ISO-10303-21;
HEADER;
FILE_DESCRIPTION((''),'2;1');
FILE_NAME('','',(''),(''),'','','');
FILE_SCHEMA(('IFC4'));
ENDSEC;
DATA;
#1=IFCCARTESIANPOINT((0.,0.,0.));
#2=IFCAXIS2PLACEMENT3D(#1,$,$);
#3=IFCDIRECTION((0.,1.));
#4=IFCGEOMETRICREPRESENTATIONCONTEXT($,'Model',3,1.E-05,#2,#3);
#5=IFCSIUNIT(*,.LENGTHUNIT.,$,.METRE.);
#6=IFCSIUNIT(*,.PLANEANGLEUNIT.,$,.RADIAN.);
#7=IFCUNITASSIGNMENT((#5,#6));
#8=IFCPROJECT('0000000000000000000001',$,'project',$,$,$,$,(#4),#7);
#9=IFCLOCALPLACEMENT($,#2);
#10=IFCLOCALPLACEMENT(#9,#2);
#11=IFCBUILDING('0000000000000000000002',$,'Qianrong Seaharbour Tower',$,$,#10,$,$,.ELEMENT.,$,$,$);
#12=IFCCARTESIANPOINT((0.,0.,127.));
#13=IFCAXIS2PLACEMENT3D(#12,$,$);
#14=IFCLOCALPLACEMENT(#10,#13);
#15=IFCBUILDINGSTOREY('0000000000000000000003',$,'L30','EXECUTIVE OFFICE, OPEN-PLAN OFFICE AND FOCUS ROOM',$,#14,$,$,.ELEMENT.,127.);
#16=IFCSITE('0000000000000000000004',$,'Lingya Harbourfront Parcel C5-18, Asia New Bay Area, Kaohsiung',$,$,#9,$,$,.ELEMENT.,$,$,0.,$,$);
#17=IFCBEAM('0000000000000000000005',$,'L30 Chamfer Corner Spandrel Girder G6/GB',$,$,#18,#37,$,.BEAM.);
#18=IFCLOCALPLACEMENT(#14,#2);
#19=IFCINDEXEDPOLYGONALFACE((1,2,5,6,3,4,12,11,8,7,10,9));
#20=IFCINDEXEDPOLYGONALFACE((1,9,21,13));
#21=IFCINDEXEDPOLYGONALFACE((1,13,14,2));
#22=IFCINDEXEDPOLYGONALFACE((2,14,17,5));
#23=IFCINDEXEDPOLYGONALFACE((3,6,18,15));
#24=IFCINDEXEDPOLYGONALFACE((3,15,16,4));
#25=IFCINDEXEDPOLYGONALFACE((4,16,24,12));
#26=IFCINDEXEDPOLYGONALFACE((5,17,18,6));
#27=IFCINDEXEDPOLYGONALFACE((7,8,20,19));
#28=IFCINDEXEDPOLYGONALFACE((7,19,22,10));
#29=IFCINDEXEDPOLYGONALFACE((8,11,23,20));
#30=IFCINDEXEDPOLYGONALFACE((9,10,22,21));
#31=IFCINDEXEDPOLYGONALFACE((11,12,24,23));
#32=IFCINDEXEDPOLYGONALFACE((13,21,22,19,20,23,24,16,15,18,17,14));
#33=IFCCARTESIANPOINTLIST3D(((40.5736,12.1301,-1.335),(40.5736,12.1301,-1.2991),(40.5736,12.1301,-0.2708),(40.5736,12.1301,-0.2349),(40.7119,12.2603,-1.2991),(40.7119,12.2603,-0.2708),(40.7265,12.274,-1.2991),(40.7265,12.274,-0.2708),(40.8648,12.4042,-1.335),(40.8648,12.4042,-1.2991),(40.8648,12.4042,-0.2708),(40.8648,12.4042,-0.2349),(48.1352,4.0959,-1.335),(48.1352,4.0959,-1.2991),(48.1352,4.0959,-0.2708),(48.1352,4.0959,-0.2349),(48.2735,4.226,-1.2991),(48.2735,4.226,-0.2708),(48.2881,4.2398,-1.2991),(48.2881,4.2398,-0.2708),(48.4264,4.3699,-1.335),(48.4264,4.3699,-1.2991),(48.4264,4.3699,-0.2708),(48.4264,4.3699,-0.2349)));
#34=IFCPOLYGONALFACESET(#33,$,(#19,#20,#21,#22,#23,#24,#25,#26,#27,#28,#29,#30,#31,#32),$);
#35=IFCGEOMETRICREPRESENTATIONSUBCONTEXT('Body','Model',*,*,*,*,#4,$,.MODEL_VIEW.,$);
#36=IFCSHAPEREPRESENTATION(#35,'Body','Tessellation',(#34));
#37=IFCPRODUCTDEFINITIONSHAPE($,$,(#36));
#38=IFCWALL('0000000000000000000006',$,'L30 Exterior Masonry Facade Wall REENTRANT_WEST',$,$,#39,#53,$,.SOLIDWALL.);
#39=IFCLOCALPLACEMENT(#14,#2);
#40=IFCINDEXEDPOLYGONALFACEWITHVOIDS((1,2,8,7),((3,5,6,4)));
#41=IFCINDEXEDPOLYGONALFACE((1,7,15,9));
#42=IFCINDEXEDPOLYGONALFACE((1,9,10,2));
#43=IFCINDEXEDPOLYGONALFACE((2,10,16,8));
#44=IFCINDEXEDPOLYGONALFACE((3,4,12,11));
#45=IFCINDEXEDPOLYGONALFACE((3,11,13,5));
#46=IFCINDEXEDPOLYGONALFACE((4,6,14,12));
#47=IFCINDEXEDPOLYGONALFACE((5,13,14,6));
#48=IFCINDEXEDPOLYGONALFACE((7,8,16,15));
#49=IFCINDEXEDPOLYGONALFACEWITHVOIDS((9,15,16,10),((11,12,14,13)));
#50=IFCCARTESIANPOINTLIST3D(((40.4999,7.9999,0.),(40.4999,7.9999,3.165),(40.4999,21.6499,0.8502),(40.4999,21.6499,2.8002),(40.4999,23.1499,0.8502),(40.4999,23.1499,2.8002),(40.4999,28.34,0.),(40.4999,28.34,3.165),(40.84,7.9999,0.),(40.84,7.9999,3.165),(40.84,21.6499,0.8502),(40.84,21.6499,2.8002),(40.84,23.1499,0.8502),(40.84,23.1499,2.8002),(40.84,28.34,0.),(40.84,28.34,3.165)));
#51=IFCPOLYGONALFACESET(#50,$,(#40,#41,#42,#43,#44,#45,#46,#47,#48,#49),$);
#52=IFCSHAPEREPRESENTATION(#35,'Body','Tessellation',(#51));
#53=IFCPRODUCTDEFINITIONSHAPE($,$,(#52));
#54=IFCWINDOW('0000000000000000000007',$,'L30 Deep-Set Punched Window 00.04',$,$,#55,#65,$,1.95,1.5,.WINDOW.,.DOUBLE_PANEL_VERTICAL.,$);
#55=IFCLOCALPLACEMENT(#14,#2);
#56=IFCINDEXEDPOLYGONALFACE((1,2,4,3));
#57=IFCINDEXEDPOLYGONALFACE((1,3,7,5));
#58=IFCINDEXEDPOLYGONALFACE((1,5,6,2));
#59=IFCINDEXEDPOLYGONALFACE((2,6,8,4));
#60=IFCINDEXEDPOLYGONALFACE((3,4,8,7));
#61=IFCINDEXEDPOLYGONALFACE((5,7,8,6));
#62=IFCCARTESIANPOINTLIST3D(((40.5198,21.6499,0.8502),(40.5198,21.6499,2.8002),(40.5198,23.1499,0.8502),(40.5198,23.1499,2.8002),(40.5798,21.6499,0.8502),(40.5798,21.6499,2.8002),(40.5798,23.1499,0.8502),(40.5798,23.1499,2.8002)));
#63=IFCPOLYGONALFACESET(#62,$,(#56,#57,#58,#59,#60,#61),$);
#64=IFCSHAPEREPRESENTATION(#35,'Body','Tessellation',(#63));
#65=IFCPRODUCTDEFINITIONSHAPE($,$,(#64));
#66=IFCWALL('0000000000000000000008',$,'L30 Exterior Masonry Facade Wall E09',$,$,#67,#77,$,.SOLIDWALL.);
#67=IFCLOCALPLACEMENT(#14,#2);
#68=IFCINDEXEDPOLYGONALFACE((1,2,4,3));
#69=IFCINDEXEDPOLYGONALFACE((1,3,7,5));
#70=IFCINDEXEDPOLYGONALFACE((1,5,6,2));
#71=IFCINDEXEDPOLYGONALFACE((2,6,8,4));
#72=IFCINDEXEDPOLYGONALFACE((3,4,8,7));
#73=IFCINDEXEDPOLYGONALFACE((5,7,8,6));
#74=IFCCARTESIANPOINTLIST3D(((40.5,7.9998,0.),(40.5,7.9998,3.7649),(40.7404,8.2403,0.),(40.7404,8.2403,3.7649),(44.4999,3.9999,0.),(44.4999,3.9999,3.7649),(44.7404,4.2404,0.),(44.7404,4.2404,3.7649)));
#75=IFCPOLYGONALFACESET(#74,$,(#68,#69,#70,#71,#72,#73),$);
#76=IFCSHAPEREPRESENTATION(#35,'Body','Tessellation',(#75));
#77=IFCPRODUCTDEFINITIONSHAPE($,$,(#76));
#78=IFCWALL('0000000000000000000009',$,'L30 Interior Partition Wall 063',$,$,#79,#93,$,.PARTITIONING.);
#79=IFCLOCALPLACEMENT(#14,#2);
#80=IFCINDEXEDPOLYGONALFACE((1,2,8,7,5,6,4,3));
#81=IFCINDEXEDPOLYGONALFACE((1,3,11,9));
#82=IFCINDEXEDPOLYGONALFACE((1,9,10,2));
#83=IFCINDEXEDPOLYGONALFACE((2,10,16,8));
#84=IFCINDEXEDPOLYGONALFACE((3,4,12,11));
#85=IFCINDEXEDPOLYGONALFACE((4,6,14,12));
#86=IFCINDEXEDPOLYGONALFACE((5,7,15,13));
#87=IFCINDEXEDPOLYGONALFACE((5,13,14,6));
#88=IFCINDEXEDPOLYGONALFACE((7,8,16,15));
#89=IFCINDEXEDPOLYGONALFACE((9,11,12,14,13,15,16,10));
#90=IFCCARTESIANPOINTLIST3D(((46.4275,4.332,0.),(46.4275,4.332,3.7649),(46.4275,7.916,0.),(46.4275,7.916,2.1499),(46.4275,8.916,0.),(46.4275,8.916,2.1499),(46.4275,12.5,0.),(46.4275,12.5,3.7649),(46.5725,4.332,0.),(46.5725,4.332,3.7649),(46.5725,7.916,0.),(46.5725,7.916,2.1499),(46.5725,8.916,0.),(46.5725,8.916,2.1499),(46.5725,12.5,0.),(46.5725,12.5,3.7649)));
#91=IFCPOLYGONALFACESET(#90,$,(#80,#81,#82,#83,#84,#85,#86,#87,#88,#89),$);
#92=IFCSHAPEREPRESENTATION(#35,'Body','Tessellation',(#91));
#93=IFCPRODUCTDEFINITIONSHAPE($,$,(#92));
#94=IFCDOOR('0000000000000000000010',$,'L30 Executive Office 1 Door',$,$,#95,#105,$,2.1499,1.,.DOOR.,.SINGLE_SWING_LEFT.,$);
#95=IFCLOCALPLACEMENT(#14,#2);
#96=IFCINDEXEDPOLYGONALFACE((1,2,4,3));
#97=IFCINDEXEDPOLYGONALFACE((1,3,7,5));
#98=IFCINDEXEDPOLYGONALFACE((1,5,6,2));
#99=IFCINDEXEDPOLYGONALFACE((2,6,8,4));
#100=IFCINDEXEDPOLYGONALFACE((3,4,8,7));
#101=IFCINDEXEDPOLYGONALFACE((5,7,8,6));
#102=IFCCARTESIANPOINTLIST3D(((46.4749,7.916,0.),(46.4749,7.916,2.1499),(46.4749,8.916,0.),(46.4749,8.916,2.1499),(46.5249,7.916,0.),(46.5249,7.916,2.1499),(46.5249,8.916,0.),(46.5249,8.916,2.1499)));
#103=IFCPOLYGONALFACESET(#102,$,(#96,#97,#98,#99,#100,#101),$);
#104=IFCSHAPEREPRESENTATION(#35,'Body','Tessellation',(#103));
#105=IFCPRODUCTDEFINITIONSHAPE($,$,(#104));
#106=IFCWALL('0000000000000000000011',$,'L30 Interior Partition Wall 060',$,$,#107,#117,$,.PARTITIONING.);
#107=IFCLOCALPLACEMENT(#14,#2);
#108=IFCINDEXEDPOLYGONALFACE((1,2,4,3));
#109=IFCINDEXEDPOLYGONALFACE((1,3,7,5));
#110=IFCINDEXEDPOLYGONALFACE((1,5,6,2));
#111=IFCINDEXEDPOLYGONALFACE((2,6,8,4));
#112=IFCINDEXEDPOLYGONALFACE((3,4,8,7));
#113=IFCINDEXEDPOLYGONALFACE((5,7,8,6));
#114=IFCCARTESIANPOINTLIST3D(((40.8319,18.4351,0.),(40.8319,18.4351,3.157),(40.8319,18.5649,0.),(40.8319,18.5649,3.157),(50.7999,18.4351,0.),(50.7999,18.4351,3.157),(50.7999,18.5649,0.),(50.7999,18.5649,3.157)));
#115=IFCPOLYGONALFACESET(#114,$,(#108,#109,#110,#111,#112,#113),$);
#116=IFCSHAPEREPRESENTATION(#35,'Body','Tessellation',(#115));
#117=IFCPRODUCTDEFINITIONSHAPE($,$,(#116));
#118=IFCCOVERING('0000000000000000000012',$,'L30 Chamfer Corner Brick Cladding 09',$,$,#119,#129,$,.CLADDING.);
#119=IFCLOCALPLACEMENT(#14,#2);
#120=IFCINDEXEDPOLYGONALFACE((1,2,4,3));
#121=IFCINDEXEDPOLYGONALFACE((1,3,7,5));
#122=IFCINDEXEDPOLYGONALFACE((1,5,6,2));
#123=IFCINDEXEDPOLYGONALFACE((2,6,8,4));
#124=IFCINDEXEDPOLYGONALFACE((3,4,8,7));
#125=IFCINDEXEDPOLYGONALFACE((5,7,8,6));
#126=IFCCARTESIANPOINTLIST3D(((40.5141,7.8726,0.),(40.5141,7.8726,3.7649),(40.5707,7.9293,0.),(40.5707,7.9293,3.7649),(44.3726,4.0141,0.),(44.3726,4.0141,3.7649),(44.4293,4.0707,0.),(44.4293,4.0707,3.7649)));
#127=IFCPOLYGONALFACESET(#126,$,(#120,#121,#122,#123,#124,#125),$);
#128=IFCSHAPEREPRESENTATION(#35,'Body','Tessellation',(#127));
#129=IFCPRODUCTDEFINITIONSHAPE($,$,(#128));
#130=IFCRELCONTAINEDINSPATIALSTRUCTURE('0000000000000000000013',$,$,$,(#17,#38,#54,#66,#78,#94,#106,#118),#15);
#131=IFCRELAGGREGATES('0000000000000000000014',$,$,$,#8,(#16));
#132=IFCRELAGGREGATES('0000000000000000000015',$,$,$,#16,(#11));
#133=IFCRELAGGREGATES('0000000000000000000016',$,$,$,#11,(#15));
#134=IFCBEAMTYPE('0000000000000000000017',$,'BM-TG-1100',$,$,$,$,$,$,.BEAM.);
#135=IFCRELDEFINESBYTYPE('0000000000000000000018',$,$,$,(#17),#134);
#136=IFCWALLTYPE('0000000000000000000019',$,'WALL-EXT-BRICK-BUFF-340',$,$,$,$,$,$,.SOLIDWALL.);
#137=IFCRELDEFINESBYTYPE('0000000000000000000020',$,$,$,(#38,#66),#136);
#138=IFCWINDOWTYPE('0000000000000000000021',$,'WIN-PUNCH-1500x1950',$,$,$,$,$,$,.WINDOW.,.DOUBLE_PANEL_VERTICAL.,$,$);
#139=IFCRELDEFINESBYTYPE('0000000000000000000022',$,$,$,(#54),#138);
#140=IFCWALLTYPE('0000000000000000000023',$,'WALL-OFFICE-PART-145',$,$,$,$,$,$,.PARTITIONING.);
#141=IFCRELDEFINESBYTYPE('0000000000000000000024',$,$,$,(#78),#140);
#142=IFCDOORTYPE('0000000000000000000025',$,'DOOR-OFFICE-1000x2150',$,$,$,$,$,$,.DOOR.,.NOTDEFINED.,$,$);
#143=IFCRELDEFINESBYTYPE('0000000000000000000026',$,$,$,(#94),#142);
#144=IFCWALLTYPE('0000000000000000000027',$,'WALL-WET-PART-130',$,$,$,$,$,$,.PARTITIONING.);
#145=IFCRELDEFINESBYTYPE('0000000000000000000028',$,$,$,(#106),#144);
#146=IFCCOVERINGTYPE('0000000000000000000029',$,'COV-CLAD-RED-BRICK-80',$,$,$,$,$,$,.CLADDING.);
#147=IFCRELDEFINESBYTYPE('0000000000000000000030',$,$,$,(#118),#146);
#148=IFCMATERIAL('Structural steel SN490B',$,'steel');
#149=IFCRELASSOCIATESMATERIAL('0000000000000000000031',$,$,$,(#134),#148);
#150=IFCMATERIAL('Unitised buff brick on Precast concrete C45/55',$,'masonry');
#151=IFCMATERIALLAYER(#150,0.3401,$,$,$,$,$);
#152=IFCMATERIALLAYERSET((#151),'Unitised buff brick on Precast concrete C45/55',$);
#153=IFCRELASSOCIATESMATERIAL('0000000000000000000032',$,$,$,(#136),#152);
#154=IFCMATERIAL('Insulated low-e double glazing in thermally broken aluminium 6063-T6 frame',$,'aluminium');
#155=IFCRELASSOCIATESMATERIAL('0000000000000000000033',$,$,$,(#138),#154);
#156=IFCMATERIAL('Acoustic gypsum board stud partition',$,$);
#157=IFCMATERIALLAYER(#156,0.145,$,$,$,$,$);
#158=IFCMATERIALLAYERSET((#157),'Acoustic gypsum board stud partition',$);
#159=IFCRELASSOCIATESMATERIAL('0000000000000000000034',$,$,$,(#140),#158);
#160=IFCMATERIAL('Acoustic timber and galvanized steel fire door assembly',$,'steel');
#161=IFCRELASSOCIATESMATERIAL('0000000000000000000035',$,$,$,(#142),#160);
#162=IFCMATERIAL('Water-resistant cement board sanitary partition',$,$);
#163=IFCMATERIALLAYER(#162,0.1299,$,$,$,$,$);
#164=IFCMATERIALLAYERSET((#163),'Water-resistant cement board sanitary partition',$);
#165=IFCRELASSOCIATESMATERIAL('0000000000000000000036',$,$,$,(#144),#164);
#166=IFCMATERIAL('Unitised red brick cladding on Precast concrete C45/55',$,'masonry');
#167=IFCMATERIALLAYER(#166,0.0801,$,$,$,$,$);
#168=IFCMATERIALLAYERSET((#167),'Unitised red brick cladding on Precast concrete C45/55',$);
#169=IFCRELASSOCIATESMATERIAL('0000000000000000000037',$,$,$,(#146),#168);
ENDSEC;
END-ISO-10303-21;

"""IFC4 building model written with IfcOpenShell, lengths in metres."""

from ifc_helpers import new_model, si_unit, direction, frame, frame_2d, origin, origin_2d, place, context, subcontext, project, spatial, rectangle, i_section, extrude, material, layer, layer_set, material_profile, profile_set, type_object, element, fill, save


model = new_model("IFC4")

# Units and contexts
model_context = context("Model", 3, precision=1e-05, world=origin(), true_north=direction((0.0, 1.0)))
body_context = subcontext(model_context, "Body", "Model", "MODEL_VIEW")
ifc_project = project(units=[si_unit("LENGTHUNIT", "METRE"), si_unit("PLANEANGLEUNIT", "RADIAN")], contexts=[model_context])

# Site, building, storey
site_placement = place(None, origin())
site = spatial("IfcSite", under=ifc_project, at=site_placement, Name="Lingya Harbourfront Parcel C5-18, Asia New Bay Area, Kaohsiung", CompositionType="ELEMENT", RefElevation=0.0)
building_placement = place(site_placement, origin())
building = spatial("IfcBuilding", under=site, at=building_placement, Name="Qianrong Seaharbour Tower", CompositionType="ELEMENT")
storey_placement = place(building_placement, frame((0.0, 0.0, 127.0)))
storey = spatial("IfcBuildingStorey", under=building, at=storey_placement, Name="L30", Description="EXECUTIVE OFFICE, OPEN-PLAN OFFICE AND FOCUS ROOM", CompositionType="ELEMENT", Elevation=127.0)

# Shared definitions
ifc_material_1 = material(Name="Structural steel SN490B", Category="steel")

# Beam
ifc_material_profile_1 = material_profile(ifc_material_1, i_section(OverallWidth=0.3999, OverallDepth=1.1001, WebThickness=0.02, FlangeThickness=0.0359, at=origin_2d()), Name="BH1100x400x20x36")
ifc_profile_set_1 = profile_set([ifc_material_profile_1], Name="Structural steel SN490B")
beam_type_1 = type_object("IfcBeamType", Name="BM-TG-1100", PredefinedType="BEAM", material=ifc_profile_set_1)
beam_1_placement = place(storey_placement, frame((48.2808, 4.2329, -0.7849), z_axis=(-0.685362, 0.728203, 0.0), x_axis=(-0.728203, -0.685362, 0.0)))
element("IfcBeam", 1, at=beam_1_placement, inside=storey, type_object=beam_type_1, Name="L30 Chamfer Corner Spandrel Girder G6/GB", PredefinedType="BEAM", context=body_context, shape_type="SweptSolid", body=[
    extrude(i_section(OverallWidth=0.3999, OverallDepth=1.1001, WebThickness=0.02, FlangeThickness=0.0359, at=origin_2d()), origin(), (0.0, 0.0, 1.0), 11.033),
])

# Wall, opening, window
ifc_material_2 = material(Name="Unitised buff brick on Precast concrete C45/55", Category="masonry")
ifc_layer_1 = layer(ifc_material_2, 0.3401)
ifc_layer_set_1 = layer_set([ifc_layer_1], Name="Unitised buff brick on Precast concrete C45/55")
wall_type_1 = type_object("IfcWallType", Name="WALL-EXT-BRICK-BUFF-340", PredefinedType="SOLIDWALL", material=ifc_layer_set_1)
wall_1_placement = place(storey_placement, frame((40.6699, 8.0, 0.0), z_axis=(0.0, 0.0, 1.0), x_axis=(0.0, 1.0, 0.0)))
wall_1 = element("IfcWall", 2, at=wall_1_placement, inside=storey, type_object=wall_type_1, Name="L30 Exterior Masonry Facade Wall REENTRANT_WEST", PredefinedType="SOLIDWALL", context=body_context, shape_type="SweptSolid", body=[
    extrude(rectangle(XDim=20.3401, YDim=0.3401, at=frame_2d((10.1699, 0.0))), origin(), (0.0, 0.0, 1.0), 3.165),
])
opening_1_placement = place(wall_1_placement, frame((13.6499, 0.0, 0.8501)))
opening_1 = element("IfcOpeningElement", 3, at=opening_1_placement, cuts=wall_1, PredefinedType="OPENING", context=body_context, shape_type="SweptSolid", body=[
    extrude(rectangle(XDim=1.5, YDim=1.95, at=frame_2d((0.75, 0.9751))), frame((0.0, 0.1802, 0.0), z_axis=(0.0, -1.0, 0.0), x_axis=(1.0, 0.0, 0.0)), (0.0, 0.0, 1.0), 0.3601),
])
ifc_material_3 = material(Name="Insulated low-e double glazing in thermally broken aluminium 6063-T6 frame", Category="aluminium")
window_type = type_object("IfcWindowType", Name="WIN-PUNCH-1500x1950", PartitioningType="DOUBLE_PANEL_VERTICAL", PredefinedType="WINDOW", material=ifc_material_3)
window_placement = place(opening_1_placement, origin())
window = element("IfcWindow", 4, at=window_placement, inside=storey, type_object=window_type, Name="L30 Deep-Set Punched Window 00.04", OverallHeight=1.95, OverallWidth=1.5, PartitioningType="DOUBLE_PANEL_VERTICAL", PredefinedType="WINDOW", context=body_context, shape_type="SweptSolid", body=[
    extrude(rectangle(XDim=1.5, YDim=1.95, at=frame_2d((0.75, 0.9751))), frame((0.0, 0.1501, 0.0), z_axis=(0.0, -1.0, 0.0), x_axis=(1.0, 0.0, 0.0)), (0.0, 0.0, 1.0), 0.0601),
])
fill(opening_1, window)

# Wall
wall_2_placement = place(storey_placement, frame((44.6201, 4.1201, 0.0), z_axis=(0.0, 0.0, 1.0), x_axis=(-0.707107, 0.707107, 0.0)))
element("IfcWall", 5, at=wall_2_placement, inside=storey, type_object=wall_type_1, Name="L30 Exterior Masonry Facade Wall E09", PredefinedType="SOLIDWALL", context=body_context, shape_type="SweptSolid", body=[
    extrude(rectangle(XDim=5.6567, YDim=0.3401, at=frame_2d((2.8284, 0.0))), origin(), (0.0, 0.0, 1.0), 3.7649),
])

# Wall, opening, door
ifc_material_4 = material(Name="Acoustic gypsum board stud partition")
ifc_layer_2 = layer(ifc_material_4, 0.145)
ifc_layer_set_2 = layer_set([ifc_layer_2], Name="Acoustic gypsum board stud partition")
wall_type_2 = type_object("IfcWallType", Name="WALL-OFFICE-PART-145", PredefinedType="PARTITIONING", material=ifc_layer_set_2)
wall_3_placement = place(storey_placement, frame((46.5, 12.5, 0.0), z_axis=(0.0, 0.0, 1.0), x_axis=(0.0, -1.0, 0.0)))
wall_3 = element("IfcWall", 6, at=wall_3_placement, inside=storey, type_object=wall_type_2, Name="L30 Interior Partition Wall 063", PredefinedType="PARTITIONING", context=body_context, shape_type="SweptSolid", body=[
    extrude(rectangle(XDim=8.168, YDim=0.145, at=frame_2d((4.084, 0.0))), origin(), (0.0, 0.0, 1.0), 3.7649),
])
opening_2_placement = place(wall_3_placement, frame((3.584, 0.0, 0.0)))
opening_2 = element("IfcOpeningElement", 7, at=opening_2_placement, cuts=wall_3, PredefinedType="OPENING", context=body_context, shape_type="SweptSolid", body=[
    extrude(rectangle(XDim=1.0, YDim=2.1499, at=frame_2d((0.5, 1.075))), frame((0.0, 0.0825, 0.0), z_axis=(0.0, -1.0, 0.0), x_axis=(1.0, 0.0, 0.0)), (0.0, 0.0, 1.0), 0.165),
])
ifc_material_5 = material(Name="Acoustic timber and galvanized steel fire door assembly", Category="steel")
door_type = type_object("IfcDoorType", Name="DOOR-OFFICE-1000x2150", OperationType="NOTDEFINED", PredefinedType="DOOR", material=ifc_material_5)
door_placement = place(opening_2_placement, origin())
door = element("IfcDoor", 8, at=door_placement, inside=storey, type_object=door_type, Name="L30 Executive Office 1 Door", OperationType="SINGLE_SWING_LEFT", OverallHeight=2.1499, OverallWidth=1.0, PredefinedType="DOOR", context=body_context, shape_type="SweptSolid", body=[
    extrude(rectangle(XDim=1.0, YDim=2.1499, at=frame_2d((0.5, 1.075))), frame((0.0, 0.0249, 0.0), z_axis=(0.0, -1.0, 0.0), x_axis=(1.0, 0.0, 0.0)), (0.0, 0.0, 1.0), 0.05),
])
fill(opening_2, door)

# Wall
ifc_material_6 = material(Name="Water-resistant cement board sanitary partition")
ifc_layer_3 = layer(ifc_material_6, 0.1299)
ifc_layer_set_3 = layer_set([ifc_layer_3], Name="Water-resistant cement board sanitary partition")
wall_type_3 = type_object("IfcWallType", Name="WALL-WET-PART-130", PredefinedType="PARTITIONING", material=ifc_layer_set_3)
wall_4_placement = place(storey_placement, frame((40.832, 18.5, 0.0), z_axis=(0.0, 0.0, 1.0), x_axis=(1.0, 0.0, 0.0)))
element("IfcWall", 9, at=wall_4_placement, inside=storey, type_object=wall_type_3, Name="L30 Interior Partition Wall 060", PredefinedType="PARTITIONING", context=body_context, shape_type="SweptSolid", body=[
    extrude(rectangle(XDim=9.968, YDim=0.1299, at=frame_2d((4.9839, 0.0))), origin(), (0.0, 0.0, 1.0), 3.157),
])

# Covering
ifc_material_7 = material(Name="Unitised red brick cladding on Precast concrete C45/55", Category="masonry")
ifc_layer_4 = layer(ifc_material_7, 0.0801)
ifc_layer_set_4 = layer_set([ifc_layer_4], Name="Unitised red brick cladding on Precast concrete C45/55")
covering_type = type_object("IfcCoveringType", Name="COV-CLAD-RED-BRICK-80", PredefinedType="CLADDING", material=ifc_layer_set_4)
covering_placement = place(storey_placement, frame((42.4717, 5.9717, 0.0), z_axis=(0.0, 0.0, 1.0), x_axis=(-0.707107, 0.707107, 0.0)))
element("IfcCovering", 10, at=covering_placement, inside=storey, type_object=covering_type, Name="L30 Chamfer Corner Brick Cladding 09", PredefinedType="CLADDING", context=body_context, shape_type="SweptSolid", body=[
    extrude(rectangle(XDim=5.4568, YDim=0.0801, at=origin_2d()), origin(), (0.0, 0.0, 1.0), 3.7649),
])

save(model, "model.ifc")
